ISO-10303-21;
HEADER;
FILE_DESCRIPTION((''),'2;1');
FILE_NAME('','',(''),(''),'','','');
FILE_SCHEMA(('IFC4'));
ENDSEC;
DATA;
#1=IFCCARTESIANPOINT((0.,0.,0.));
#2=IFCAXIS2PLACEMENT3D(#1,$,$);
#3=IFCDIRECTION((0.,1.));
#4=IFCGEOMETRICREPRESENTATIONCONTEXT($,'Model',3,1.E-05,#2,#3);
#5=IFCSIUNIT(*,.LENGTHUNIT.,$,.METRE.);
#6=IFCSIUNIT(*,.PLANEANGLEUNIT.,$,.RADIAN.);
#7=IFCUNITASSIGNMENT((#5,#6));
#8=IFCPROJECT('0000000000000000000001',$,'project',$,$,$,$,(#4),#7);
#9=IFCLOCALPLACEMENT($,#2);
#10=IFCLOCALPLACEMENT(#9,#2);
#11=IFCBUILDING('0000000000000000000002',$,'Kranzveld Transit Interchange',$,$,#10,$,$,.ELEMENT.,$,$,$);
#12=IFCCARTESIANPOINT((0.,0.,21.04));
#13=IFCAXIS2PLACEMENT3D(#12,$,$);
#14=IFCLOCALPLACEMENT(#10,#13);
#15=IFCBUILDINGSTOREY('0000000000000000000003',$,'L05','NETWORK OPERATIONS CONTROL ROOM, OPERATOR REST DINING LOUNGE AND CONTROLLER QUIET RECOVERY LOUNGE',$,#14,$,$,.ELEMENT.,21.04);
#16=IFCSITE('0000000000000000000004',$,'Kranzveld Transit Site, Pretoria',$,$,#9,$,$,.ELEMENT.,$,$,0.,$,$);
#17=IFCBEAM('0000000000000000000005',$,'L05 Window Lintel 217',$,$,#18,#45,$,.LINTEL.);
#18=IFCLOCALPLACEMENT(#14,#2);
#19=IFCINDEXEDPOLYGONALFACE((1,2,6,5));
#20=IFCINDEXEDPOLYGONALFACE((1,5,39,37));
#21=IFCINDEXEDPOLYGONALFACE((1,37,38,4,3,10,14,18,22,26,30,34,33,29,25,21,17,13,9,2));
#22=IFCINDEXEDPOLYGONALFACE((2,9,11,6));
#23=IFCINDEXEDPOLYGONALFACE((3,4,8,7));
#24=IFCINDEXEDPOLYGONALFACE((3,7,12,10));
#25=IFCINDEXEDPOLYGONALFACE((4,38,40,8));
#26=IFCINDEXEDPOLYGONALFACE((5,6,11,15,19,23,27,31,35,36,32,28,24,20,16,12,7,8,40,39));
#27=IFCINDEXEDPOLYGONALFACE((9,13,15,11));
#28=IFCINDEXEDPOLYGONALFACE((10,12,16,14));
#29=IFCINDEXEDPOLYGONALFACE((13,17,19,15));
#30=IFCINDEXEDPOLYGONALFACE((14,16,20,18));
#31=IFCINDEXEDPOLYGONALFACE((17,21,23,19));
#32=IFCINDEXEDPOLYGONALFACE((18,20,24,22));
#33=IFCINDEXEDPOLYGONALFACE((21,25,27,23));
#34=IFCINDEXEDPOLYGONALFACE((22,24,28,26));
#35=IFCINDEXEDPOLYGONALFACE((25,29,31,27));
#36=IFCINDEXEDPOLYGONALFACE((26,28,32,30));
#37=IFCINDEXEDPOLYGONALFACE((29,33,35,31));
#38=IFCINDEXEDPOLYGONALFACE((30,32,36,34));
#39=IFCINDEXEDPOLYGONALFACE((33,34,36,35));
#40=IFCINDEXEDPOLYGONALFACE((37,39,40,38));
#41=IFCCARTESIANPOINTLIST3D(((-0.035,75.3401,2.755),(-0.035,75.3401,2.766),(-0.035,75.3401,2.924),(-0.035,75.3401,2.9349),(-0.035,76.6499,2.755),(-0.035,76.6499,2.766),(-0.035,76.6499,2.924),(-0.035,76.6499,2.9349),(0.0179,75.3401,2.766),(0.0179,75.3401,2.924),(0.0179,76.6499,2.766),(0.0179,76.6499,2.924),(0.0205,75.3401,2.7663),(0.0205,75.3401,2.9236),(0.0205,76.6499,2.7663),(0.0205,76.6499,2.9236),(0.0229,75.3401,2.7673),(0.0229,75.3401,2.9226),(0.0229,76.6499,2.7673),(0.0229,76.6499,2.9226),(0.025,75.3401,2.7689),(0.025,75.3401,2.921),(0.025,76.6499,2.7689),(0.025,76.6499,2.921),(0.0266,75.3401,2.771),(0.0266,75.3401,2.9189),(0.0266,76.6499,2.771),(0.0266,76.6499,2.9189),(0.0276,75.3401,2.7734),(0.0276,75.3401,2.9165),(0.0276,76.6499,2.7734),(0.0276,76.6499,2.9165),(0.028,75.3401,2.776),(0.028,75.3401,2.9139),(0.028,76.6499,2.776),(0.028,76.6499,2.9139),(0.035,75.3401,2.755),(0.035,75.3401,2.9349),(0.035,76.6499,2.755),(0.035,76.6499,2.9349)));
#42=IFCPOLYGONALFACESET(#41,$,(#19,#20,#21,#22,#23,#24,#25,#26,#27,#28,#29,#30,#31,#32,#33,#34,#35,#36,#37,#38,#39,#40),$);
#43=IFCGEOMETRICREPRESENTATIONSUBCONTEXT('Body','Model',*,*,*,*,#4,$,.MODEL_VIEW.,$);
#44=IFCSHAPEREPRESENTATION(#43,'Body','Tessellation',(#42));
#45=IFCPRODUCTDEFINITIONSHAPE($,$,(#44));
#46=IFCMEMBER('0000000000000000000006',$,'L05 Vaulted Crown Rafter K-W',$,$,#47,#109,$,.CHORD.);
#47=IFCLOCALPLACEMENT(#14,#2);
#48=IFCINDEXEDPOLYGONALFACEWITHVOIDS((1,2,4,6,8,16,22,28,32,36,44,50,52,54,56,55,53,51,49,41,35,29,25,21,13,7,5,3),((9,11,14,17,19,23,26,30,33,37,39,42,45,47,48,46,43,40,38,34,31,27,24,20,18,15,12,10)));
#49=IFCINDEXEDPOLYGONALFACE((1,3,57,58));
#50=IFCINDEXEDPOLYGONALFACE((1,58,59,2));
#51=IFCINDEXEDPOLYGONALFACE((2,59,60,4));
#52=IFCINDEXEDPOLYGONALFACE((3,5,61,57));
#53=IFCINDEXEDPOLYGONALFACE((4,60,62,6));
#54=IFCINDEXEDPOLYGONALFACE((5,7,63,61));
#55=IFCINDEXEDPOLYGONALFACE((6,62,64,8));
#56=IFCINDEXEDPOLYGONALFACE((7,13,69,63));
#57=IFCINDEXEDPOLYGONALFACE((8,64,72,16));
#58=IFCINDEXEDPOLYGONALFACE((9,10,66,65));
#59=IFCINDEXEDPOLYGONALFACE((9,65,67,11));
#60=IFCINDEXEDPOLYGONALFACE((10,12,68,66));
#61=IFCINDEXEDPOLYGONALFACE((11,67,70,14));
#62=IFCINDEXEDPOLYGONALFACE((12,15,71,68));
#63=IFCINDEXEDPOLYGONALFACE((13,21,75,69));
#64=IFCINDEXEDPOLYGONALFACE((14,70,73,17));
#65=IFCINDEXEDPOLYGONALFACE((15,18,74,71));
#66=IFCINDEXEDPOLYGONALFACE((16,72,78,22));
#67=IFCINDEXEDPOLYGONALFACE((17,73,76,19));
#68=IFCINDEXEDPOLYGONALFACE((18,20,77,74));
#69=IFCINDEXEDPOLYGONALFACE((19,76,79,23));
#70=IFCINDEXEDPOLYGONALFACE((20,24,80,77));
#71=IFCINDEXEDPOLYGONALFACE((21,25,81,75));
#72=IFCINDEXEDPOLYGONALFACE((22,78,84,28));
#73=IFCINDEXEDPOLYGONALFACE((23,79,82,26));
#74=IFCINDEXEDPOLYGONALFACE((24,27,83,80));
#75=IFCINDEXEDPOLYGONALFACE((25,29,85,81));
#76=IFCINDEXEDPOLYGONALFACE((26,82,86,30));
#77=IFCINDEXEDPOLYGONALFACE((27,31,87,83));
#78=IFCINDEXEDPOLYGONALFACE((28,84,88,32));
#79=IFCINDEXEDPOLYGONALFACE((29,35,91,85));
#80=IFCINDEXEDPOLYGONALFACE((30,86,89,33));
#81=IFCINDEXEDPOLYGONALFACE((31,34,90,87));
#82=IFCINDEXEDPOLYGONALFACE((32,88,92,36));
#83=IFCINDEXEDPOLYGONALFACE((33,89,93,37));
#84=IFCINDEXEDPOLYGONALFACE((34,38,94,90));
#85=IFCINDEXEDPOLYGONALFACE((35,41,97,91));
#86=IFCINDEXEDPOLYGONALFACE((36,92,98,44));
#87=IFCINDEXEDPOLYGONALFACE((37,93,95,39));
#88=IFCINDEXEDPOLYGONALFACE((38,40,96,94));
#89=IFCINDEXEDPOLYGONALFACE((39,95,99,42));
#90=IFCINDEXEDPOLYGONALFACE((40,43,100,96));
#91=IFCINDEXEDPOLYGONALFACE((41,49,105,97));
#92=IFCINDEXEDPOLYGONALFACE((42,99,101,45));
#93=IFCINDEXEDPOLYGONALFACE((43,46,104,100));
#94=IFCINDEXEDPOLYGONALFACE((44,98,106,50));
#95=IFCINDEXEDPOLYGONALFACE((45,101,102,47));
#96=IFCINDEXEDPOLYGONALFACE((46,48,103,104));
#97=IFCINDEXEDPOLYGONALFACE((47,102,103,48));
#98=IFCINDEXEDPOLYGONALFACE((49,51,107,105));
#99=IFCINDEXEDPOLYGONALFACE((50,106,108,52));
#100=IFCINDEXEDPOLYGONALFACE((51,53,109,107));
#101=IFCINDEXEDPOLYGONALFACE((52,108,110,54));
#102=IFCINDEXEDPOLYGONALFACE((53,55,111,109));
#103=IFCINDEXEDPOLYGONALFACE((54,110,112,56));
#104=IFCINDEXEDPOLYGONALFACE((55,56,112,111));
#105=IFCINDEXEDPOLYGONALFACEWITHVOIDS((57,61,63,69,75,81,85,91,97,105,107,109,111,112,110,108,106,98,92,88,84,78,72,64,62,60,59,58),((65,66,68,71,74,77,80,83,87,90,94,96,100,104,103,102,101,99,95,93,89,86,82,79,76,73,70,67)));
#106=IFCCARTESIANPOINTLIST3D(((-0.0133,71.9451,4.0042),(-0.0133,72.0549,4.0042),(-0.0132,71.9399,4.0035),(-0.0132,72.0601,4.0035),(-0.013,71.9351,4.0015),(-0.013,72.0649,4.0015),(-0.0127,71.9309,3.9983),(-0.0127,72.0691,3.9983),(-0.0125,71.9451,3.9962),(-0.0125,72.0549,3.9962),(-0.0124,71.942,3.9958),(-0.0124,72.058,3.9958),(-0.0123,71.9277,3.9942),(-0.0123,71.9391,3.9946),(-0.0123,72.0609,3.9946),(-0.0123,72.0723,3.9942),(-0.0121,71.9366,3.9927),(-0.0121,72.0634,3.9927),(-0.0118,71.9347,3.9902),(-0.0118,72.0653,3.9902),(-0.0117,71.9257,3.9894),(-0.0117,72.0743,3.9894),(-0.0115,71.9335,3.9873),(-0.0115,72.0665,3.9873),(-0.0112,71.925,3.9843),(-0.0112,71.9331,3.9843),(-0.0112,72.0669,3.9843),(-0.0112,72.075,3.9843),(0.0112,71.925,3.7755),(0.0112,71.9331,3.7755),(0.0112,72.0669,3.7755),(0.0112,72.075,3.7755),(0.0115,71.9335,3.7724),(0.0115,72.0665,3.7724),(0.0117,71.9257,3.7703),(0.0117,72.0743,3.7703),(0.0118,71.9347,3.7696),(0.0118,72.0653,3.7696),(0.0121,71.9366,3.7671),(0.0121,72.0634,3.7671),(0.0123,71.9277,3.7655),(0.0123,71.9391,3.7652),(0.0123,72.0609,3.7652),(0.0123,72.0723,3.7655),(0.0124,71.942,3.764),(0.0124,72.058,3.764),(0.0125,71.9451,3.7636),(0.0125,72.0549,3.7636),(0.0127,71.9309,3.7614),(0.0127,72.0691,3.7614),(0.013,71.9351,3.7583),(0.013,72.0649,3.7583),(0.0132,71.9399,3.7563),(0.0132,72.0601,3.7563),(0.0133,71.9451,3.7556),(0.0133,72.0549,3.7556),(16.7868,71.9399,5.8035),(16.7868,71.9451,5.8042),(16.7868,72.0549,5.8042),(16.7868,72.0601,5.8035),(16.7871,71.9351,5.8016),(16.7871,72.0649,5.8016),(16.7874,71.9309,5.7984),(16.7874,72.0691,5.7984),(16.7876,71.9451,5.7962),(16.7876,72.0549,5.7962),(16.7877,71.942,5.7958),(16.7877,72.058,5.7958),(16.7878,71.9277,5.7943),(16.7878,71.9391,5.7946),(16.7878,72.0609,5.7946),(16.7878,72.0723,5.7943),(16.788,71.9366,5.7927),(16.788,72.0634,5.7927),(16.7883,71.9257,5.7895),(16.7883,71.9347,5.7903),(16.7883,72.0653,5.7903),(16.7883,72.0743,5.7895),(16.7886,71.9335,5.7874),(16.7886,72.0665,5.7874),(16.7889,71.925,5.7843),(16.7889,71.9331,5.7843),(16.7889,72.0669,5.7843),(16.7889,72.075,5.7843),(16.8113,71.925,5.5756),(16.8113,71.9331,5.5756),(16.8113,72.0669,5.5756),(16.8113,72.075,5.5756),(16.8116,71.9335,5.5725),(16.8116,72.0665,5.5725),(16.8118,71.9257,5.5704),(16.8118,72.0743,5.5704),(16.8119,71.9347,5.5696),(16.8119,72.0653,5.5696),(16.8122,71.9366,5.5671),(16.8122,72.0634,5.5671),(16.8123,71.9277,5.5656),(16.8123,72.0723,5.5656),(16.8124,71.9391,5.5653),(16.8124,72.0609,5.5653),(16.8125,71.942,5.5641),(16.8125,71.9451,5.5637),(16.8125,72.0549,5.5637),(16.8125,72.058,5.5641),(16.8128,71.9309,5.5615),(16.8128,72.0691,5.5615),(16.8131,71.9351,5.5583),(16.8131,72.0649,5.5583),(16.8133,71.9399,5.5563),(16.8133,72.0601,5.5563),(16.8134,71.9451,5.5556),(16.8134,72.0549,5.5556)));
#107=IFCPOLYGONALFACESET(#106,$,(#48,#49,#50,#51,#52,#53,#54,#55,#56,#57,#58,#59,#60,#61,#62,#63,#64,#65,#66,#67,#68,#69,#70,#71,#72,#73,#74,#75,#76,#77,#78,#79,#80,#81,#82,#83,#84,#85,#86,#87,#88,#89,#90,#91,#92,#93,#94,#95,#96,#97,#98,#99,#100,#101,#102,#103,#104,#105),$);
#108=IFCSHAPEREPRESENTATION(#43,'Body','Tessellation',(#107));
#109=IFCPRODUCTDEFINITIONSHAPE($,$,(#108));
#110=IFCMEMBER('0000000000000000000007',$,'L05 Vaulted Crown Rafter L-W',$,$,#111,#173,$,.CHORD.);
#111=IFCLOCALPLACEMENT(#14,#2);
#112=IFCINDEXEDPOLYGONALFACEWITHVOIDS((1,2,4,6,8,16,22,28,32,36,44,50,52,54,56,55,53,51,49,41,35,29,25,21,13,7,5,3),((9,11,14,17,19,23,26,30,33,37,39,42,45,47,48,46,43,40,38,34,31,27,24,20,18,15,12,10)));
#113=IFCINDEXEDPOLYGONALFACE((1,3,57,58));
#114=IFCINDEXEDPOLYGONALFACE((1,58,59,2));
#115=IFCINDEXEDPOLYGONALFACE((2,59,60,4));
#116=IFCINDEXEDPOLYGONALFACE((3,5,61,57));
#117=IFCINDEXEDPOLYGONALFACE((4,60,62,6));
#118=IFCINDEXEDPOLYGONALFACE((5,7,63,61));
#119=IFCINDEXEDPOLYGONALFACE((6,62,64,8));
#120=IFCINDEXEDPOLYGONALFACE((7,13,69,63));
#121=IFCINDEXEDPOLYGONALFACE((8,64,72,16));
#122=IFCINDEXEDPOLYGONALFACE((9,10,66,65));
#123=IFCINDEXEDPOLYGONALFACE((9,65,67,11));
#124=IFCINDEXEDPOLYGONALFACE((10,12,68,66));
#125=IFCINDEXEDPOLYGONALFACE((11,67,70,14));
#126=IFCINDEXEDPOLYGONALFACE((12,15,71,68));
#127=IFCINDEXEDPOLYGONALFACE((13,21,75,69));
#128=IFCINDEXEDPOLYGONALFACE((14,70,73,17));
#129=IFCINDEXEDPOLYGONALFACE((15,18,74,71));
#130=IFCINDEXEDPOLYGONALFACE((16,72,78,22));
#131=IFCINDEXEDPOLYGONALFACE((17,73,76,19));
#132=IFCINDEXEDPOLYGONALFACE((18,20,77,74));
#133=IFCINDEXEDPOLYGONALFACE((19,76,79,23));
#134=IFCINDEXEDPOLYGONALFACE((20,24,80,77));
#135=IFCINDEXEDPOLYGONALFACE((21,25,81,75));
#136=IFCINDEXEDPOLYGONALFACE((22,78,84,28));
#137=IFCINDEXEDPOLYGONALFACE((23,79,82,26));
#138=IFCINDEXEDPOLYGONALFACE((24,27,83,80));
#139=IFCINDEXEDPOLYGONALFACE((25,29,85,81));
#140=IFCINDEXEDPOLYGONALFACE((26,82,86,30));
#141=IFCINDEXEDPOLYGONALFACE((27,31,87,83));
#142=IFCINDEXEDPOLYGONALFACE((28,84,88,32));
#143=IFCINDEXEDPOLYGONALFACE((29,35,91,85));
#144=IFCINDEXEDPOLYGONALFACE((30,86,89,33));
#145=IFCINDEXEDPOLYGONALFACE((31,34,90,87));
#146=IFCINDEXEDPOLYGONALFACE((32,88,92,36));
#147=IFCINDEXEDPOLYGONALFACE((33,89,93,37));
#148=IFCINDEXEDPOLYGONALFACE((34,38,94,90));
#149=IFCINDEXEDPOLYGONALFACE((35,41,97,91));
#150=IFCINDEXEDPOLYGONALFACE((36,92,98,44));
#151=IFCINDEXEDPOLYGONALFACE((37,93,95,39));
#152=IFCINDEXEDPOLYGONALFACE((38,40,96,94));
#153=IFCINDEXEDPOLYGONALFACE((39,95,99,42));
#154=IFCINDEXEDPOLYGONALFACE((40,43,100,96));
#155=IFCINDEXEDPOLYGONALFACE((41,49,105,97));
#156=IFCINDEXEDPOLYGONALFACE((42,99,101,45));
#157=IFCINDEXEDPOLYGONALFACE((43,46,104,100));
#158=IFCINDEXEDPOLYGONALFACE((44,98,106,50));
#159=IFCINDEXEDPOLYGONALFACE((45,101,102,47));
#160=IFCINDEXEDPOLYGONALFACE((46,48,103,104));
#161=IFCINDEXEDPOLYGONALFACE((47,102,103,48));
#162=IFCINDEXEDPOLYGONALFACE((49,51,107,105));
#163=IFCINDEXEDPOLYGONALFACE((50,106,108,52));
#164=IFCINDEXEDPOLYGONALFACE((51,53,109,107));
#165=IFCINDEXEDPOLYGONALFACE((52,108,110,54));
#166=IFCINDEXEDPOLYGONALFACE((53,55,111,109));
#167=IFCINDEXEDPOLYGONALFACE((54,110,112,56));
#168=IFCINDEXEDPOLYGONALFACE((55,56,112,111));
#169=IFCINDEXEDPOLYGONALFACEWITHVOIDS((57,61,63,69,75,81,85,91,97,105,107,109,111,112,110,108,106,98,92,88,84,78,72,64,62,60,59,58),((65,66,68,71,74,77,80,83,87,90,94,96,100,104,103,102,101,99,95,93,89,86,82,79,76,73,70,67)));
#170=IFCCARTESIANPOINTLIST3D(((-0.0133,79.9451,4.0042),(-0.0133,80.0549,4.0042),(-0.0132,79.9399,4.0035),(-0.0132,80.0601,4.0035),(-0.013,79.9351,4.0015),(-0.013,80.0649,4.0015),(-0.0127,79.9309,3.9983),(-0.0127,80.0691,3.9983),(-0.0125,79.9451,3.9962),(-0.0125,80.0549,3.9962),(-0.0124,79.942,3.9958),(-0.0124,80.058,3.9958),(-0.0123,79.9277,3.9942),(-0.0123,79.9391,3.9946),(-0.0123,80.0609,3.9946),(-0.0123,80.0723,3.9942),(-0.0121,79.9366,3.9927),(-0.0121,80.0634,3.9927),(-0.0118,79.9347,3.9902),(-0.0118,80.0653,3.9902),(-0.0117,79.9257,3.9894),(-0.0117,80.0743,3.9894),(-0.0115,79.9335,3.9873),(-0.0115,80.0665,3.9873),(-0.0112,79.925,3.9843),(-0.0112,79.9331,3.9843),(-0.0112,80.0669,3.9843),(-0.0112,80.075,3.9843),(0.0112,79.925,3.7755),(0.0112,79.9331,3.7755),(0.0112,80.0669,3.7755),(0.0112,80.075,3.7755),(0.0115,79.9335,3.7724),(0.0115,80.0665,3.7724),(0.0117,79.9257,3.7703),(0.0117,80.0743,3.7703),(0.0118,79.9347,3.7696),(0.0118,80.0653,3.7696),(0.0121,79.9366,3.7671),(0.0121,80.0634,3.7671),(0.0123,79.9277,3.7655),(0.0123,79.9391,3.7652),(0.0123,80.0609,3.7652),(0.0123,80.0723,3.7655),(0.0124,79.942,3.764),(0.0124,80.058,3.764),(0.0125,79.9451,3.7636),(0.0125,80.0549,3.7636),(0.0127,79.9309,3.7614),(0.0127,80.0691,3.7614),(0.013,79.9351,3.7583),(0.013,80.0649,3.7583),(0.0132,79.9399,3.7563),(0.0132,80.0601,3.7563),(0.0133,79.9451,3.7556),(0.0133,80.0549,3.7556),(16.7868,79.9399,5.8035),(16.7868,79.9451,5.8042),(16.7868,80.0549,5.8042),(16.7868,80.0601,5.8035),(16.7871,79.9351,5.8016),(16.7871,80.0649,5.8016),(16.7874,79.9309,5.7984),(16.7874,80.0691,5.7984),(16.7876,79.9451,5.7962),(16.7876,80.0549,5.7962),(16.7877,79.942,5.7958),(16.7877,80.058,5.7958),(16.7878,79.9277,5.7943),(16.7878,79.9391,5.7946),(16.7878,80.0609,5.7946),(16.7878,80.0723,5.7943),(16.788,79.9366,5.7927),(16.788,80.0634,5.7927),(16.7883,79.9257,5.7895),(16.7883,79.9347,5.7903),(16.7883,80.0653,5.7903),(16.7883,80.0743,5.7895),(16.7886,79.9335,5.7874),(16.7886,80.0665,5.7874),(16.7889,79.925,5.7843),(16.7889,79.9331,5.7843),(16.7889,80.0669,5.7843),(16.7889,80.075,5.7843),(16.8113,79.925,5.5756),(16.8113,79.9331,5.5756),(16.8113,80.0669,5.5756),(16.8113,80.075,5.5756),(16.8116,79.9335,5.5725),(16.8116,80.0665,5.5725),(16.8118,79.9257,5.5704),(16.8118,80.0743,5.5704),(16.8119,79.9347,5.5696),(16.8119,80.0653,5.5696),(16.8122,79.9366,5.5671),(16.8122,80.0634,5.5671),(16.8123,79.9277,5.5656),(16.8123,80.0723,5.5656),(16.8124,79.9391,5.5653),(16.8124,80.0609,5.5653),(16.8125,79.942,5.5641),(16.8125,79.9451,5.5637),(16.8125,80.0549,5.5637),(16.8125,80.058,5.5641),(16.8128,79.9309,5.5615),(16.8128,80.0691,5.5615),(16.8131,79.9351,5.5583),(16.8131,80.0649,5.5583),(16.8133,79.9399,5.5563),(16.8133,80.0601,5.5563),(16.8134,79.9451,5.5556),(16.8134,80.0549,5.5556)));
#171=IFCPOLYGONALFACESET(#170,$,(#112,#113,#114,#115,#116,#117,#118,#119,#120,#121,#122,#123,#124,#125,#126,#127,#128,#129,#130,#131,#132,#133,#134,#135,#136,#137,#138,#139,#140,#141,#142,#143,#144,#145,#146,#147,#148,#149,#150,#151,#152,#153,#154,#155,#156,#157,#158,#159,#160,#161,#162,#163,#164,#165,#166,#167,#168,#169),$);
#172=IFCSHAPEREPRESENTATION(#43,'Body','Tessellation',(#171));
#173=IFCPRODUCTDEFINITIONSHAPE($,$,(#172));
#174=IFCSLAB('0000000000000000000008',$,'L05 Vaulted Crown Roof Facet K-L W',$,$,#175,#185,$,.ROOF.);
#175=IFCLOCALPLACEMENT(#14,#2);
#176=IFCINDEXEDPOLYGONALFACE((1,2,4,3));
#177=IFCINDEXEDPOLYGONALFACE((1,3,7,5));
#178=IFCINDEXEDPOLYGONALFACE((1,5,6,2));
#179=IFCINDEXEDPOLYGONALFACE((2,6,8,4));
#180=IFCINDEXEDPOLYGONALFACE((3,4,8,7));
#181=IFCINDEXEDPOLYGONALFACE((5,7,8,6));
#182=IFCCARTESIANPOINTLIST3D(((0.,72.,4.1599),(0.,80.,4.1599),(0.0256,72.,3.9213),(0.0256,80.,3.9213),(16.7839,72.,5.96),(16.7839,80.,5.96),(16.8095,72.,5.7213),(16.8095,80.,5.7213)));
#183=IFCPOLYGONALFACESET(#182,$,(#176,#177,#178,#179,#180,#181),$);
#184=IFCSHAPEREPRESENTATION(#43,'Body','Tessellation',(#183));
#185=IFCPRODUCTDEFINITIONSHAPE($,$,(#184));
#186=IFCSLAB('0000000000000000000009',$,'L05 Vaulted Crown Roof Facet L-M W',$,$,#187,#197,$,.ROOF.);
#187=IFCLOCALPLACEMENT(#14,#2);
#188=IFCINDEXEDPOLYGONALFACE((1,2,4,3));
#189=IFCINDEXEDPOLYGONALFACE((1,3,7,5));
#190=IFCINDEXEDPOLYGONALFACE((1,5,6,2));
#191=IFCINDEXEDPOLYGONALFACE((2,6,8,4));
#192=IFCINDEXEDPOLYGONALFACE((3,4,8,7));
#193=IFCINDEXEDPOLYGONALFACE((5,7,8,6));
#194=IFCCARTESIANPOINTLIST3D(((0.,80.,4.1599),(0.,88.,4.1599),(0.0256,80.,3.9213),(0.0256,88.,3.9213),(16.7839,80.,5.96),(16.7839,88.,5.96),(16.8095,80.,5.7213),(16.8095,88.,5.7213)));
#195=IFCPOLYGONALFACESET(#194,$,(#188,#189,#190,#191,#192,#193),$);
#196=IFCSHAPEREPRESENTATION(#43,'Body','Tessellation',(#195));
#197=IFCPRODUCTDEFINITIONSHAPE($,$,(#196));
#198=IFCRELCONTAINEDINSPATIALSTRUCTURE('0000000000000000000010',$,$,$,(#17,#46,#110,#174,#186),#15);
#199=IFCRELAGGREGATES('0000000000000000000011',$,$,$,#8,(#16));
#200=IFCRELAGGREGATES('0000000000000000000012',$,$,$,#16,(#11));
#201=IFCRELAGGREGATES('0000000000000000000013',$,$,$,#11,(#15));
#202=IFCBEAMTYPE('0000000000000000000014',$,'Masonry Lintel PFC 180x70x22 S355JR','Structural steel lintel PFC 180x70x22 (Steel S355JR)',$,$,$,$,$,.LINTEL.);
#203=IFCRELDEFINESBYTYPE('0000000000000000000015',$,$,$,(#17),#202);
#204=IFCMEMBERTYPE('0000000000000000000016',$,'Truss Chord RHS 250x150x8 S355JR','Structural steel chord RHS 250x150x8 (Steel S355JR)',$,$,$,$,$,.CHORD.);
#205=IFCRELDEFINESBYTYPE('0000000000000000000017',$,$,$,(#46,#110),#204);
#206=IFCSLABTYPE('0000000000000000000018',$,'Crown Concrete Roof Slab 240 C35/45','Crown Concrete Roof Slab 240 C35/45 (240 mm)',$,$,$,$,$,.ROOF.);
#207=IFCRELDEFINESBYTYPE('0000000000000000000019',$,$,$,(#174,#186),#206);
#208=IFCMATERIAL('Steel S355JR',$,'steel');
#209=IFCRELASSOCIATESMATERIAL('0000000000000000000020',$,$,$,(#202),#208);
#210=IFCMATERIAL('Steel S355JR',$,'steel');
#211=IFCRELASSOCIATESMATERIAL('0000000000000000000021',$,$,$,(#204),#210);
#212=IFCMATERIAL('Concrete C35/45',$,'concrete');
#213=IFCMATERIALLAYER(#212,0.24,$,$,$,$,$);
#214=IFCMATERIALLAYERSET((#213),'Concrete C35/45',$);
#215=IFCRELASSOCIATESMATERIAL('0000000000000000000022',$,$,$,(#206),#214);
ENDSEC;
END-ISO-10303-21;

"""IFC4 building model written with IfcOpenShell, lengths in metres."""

from ifc_helpers import new_model, si_unit, direction, frame, origin, origin_2d, place, context, subcontext, project, spatial, polyline, hollow_rectangle, u_section, outline, extrude, material, layer, layer_set, material_profile, profile_set, type_object, element, save


model = new_model("IFC4")

# Units and contexts
model_context = context("Model", 3, precision=1e-05, world=origin(), true_north=direction((0.0, 1.0)))
body_context = subcontext(model_context, "Body", "Model", "MODEL_VIEW")
ifc_project = project(units=[si_unit("LENGTHUNIT", "METRE"), si_unit("PLANEANGLEUNIT", "RADIAN")], contexts=[model_context])

# Site, building, storey
site_placement = place(None, origin())
site = spatial("IfcSite", under=ifc_project, at=site_placement, Name="Kranzveld Transit Site, Pretoria", CompositionType="ELEMENT", RefElevation=0.0)
building_placement = place(site_placement, origin())
building = spatial("IfcBuilding", under=site, at=building_placement, Name="Kranzveld Transit Interchange", CompositionType="ELEMENT")
storey_placement = place(building_placement, frame((0.0, 0.0, 21.04)))
storey = spatial("IfcBuildingStorey", under=building, at=storey_placement, Name="L05", Description="NETWORK OPERATIONS CONTROL ROOM, OPERATOR REST DINING LOUNGE AND CONTROLLER QUIET RECOVERY LOUNGE", CompositionType="ELEMENT", Elevation=21.04)

# Beam
ifc_material_1 = material(Name="Steel S355JR", Category="steel")
ifc_material_profile_1 = material_profile(ifc_material_1, u_section(Depth=0.1799, FlangeWidth=0.0701, WebThickness=0.0071, FlangeThickness=0.011, FilletRadius=0.01, at=origin_2d()), Name="PFC 180x70x22")
ifc_profile_set_1 = profile_set([ifc_material_profile_1], Name="Steel S355JR")
beam_type_1 = type_object("IfcBeamType", Name="Masonry Lintel PFC 180x70x22 S355JR", Description="Structural steel lintel PFC 180x70x22 (Steel S355JR)", PredefinedType="LINTEL", material=ifc_profile_set_1)
beam_1_placement = place(storey_placement, frame((0.0, 75.3401, 2.845), z_axis=(0.0, 1.0, 0.0), x_axis=(-1.0, 0.0, 0.0)))
element("IfcBeam", 1, at=beam_1_placement, inside=storey, type_object=beam_type_1, Name="L05 Window Lintel 217", PredefinedType="LINTEL", context=body_context, shape_type="SweptSolid", body=[
    extrude(u_section(Depth=0.1799, FlangeWidth=0.0701, WebThickness=0.0071, FlangeThickness=0.011, FilletRadius=0.01, at=origin_2d()), origin(), (0.0, 0.0, 1.0), 1.3098),
])

# Members
ifc_material_2 = material(Name="Steel S355JR", Category="steel")
ifc_material_profile_2 = material_profile(ifc_material_2, hollow_rectangle(XDim=0.1499, YDim=0.25, WallThickness=0.0081, InnerFilletRadius=0.012, OuterFilletRadius=0.02, at=origin_2d()), Name="RHS 250x150x8")
ifc_profile_set_2 = profile_set([ifc_material_profile_2], Name="Steel S355JR")
member_type = type_object("IfcMemberType", Name="Truss Chord RHS 250x150x8 S355JR", Description="Structural steel chord RHS 250x150x8 (Steel S355JR)", PredefinedType="CHORD", material=ifc_profile_set_2)
for number, where, z_axis, x_axis, name in (
    (2, (0.0, 72.0, 3.8799), (0.994309, 0.0, 0.106536), (0.0, 1.0, 0.0), "L05 Vaulted Crown Rafter K-W"),
    (3, (0.0, 80.0, 3.8799), (0.994309, 0.0, 0.106536), (0.0, 1.0, 0.0), "L05 Vaulted Crown Rafter L-W"),
):
    element("IfcMember", number, at=place(storey_placement, frame(where, z_axis=z_axis, x_axis=x_axis)), inside=storey, type_object=member_type, Name=name, PredefinedType="CHORD", context=body_context, shape_type="SweptSolid", body=[
        extrude(hollow_rectangle(XDim=0.1499, YDim=0.25, WallThickness=0.0081, InnerFilletRadius=0.012, OuterFilletRadius=0.02, at=origin_2d()), origin(), (0.0, 0.0, 1.0), 16.8962),
    ])

# Slabs
ifc_material_3 = material(Name="Concrete C35/45", Category="concrete")
ifc_layer_1 = layer(ifc_material_3, 0.24)
ifc_layer_set_1 = layer_set([ifc_layer_1], Name="Concrete C35/45")
slab_type = type_object("IfcSlabType", Name="Crown Concrete Roof Slab 240 C35/45", Description="Crown Concrete Roof Slab 240 C35/45 (240 mm)", PredefinedType="ROOF", material=ifc_layer_set_1)
for number, where, z_axis, x_axis, name in (
    (4, (0.0, 72.0, 4.1599), (-0.106637, 0.0, 0.994298), (0.994298, 0.0, 0.106637), "L05 Vaulted Crown Roof Facet K-L W"),
    (5, (0.0, 80.0, 4.1599), (-0.106637, 0.0, 0.994298), (0.994298, 0.0, 0.106637), "L05 Vaulted Crown Roof Facet L-M W"),
):
    element("IfcSlab", number, at=place(storey_placement, frame(where, z_axis=z_axis, x_axis=x_axis)), inside=storey, type_object=slab_type, Name=name, PredefinedType="ROOF", context=body_context, shape_type="SweptSolid", body=[
        extrude(outline(polyline([(0.0, 0.0), (16.8802, 0.0), (16.8802, 8.0), (0.0, 8.0), (0.0, 0.0)])), origin(), (0.0, 0.0, -1.0), 0.24),
    ])

save(model, "model.ifc")
